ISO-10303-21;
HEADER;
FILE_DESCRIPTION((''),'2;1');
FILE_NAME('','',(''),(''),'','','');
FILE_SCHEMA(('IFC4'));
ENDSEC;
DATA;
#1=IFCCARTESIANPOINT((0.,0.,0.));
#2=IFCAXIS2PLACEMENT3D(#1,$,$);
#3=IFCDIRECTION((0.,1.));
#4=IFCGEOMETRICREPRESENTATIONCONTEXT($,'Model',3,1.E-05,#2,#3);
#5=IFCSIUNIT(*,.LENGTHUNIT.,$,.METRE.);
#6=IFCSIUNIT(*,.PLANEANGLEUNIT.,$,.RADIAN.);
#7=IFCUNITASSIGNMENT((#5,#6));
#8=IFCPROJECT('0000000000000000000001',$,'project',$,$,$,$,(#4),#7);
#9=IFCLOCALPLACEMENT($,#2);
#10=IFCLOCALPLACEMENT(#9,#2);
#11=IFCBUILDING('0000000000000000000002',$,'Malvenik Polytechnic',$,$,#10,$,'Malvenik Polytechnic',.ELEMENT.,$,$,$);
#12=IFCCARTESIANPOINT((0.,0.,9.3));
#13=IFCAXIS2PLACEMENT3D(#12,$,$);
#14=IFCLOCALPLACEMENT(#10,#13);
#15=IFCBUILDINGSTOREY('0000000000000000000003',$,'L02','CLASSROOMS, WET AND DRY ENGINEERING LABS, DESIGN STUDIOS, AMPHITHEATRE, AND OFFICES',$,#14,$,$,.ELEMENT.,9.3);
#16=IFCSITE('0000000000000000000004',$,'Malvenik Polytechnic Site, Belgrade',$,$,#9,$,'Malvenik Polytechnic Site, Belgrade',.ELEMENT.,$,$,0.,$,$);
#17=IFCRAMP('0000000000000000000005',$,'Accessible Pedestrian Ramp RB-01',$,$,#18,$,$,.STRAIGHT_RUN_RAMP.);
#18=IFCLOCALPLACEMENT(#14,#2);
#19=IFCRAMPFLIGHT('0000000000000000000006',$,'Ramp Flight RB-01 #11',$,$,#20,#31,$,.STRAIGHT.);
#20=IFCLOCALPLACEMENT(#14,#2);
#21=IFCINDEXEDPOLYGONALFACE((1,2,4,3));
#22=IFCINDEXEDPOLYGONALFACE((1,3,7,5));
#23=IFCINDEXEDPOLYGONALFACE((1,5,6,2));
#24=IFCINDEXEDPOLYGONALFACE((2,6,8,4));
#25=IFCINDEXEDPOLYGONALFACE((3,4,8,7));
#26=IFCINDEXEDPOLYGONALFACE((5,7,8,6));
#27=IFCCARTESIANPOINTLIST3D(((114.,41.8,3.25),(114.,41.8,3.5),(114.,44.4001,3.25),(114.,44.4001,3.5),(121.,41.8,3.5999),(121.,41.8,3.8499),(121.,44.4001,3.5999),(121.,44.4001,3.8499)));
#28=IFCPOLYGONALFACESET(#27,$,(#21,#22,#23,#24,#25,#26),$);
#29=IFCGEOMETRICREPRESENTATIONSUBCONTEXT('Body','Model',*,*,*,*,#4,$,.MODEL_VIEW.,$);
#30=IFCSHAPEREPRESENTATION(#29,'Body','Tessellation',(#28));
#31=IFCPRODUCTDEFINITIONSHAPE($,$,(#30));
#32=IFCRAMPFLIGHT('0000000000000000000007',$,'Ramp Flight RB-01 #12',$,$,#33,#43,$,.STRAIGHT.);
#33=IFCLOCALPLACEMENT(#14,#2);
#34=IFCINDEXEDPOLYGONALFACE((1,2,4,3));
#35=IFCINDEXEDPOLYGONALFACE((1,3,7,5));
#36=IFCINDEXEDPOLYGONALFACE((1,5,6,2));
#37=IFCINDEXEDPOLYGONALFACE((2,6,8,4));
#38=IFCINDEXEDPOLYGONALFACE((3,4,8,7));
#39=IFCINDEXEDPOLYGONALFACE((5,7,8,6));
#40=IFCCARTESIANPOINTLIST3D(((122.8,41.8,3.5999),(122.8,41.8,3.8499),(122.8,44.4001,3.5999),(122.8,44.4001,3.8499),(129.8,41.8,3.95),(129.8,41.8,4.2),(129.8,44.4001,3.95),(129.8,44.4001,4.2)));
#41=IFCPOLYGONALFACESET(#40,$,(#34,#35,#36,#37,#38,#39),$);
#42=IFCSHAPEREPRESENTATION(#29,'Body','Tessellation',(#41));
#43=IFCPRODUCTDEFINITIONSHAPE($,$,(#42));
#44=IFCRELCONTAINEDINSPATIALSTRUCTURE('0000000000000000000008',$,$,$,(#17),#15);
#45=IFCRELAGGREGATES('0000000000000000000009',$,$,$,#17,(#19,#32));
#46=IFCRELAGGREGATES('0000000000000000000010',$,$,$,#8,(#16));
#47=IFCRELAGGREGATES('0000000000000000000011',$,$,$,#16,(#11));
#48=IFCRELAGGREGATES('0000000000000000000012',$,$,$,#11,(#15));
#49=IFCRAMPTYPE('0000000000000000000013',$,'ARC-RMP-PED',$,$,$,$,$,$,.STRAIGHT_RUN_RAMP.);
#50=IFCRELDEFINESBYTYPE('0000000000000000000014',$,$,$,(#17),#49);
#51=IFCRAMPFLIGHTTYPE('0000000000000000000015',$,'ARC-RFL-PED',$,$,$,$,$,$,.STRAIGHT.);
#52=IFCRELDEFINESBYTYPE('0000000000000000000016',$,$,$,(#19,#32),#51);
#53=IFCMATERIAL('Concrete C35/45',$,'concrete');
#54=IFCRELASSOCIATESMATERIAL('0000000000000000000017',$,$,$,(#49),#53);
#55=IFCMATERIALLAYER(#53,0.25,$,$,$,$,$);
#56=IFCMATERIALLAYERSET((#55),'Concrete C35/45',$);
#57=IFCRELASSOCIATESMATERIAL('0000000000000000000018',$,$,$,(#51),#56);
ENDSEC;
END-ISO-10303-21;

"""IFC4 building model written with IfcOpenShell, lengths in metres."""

from ifc_helpers import new_model, si_unit, direction, frame, origin, place, context, subcontext, project, spatial, polyline, outline, extrude, material, layer, layer_set, type_object, element, aggregate, save


model = new_model("IFC4")

# Units and contexts
model_context = context("Model", 3, precision=1e-05, world=origin(), true_north=direction((0.0, 1.0)))
body_context = subcontext(model_context, "Body", "Model", "MODEL_VIEW")
ifc_project = project(units=[si_unit("LENGTHUNIT", "METRE"), si_unit("PLANEANGLEUNIT", "RADIAN")], contexts=[model_context])

# Site, building, storey
site_placement = place(None, origin())
site = spatial("IfcSite", under=ifc_project, at=site_placement, Name="Malvenik Polytechnic Site, Belgrade", LongName="Malvenik Polytechnic Site, Belgrade", CompositionType="ELEMENT", RefElevation=0.0)
building_placement = place(site_placement, origin())
building = spatial("IfcBuilding", under=site, at=building_placement, Name="Malvenik Polytechnic", LongName="Malvenik Polytechnic", CompositionType="ELEMENT")
storey_placement = place(building_placement, frame((0.0, 0.0, 9.3)))
storey = spatial("IfcBuildingStorey", under=building, at=storey_placement, Name="L02", Description="CLASSROOMS, WET AND DRY ENGINEERING LABS, DESIGN STUDIOS, AMPHITHEATRE, AND OFFICES", CompositionType="ELEMENT", Elevation=9.3)

# Ramp, ramp flights
ifc_material_1 = material(Name="Concrete C35/45", Category="concrete")
ramp_type = type_object("IfcRampType", Name="ARC-RMP-PED", PredefinedType="STRAIGHT_RUN_RAMP", material=ifc_material_1)
ramp_placement = place(storey_placement, origin())
ramp = element("IfcRamp", 1, at=ramp_placement, inside=storey, type_object=ramp_type, Name="Accessible Pedestrian Ramp RB-01", PredefinedType="STRAIGHT_RUN_RAMP")
ifc_layer_1 = layer(ifc_material_1, 0.25)
ifc_layer_set_1 = layer_set([ifc_layer_1], Name="Concrete C35/45")
ramp_flight_type = type_object("IfcRampFlightType", Name="ARC-RFL-PED", PredefinedType="STRAIGHT", material=ifc_layer_set_1)
ramp_flight_1_placement = place(storey_placement, frame((114.0, 43.1001, 3.5), z_axis=(0.0, 0.0, 1.0), x_axis=(1.0, 0.0, 0.0)))
ramp_flight_1 = element("IfcRampFlight", 2, at=ramp_flight_1_placement, type_object=ramp_flight_type, Name="Ramp Flight RB-01 #11", PredefinedType="STRAIGHT", context=body_context, shape_type="SweptSolid", body=[
    extrude(outline(polyline([(0.0, -0.25), (7.0, 0.0999), (7.0, 0.3499), (0.0, 0.0), (0.0, -0.25)])), frame((0.0, 1.3, 0.0), z_axis=(0.0, -1.0, 0.0), x_axis=(1.0, 0.0, 0.0)), (0.0, 0.0, 1.0), 2.6001),
])
ramp_flight_2_placement = place(storey_placement, frame((122.8, 43.1001, 3.8499), z_axis=(0.0, 0.0, 1.0), x_axis=(1.0, 0.0, 0.0)))
ramp_flight_2 = element("IfcRampFlight", 3, at=ramp_flight_2_placement, type_object=ramp_flight_type, Name="Ramp Flight RB-01 #12", PredefinedType="STRAIGHT", context=body_context, shape_type="SweptSolid", body=[
    extrude(outline(polyline([(0.0, -0.25), (7.0, 0.1001), (7.0, 0.3501), (0.0, 0.0), (0.0, -0.25)])), frame((0.0, 1.3, 0.0), z_axis=(0.0, -1.0, 0.0), x_axis=(1.0, 0.0, 0.0)), (0.0, 0.0, 1.0), 2.6001),
])
aggregate(ramp, [ramp_flight_1, ramp_flight_2])

save(model, "model.ifc")
